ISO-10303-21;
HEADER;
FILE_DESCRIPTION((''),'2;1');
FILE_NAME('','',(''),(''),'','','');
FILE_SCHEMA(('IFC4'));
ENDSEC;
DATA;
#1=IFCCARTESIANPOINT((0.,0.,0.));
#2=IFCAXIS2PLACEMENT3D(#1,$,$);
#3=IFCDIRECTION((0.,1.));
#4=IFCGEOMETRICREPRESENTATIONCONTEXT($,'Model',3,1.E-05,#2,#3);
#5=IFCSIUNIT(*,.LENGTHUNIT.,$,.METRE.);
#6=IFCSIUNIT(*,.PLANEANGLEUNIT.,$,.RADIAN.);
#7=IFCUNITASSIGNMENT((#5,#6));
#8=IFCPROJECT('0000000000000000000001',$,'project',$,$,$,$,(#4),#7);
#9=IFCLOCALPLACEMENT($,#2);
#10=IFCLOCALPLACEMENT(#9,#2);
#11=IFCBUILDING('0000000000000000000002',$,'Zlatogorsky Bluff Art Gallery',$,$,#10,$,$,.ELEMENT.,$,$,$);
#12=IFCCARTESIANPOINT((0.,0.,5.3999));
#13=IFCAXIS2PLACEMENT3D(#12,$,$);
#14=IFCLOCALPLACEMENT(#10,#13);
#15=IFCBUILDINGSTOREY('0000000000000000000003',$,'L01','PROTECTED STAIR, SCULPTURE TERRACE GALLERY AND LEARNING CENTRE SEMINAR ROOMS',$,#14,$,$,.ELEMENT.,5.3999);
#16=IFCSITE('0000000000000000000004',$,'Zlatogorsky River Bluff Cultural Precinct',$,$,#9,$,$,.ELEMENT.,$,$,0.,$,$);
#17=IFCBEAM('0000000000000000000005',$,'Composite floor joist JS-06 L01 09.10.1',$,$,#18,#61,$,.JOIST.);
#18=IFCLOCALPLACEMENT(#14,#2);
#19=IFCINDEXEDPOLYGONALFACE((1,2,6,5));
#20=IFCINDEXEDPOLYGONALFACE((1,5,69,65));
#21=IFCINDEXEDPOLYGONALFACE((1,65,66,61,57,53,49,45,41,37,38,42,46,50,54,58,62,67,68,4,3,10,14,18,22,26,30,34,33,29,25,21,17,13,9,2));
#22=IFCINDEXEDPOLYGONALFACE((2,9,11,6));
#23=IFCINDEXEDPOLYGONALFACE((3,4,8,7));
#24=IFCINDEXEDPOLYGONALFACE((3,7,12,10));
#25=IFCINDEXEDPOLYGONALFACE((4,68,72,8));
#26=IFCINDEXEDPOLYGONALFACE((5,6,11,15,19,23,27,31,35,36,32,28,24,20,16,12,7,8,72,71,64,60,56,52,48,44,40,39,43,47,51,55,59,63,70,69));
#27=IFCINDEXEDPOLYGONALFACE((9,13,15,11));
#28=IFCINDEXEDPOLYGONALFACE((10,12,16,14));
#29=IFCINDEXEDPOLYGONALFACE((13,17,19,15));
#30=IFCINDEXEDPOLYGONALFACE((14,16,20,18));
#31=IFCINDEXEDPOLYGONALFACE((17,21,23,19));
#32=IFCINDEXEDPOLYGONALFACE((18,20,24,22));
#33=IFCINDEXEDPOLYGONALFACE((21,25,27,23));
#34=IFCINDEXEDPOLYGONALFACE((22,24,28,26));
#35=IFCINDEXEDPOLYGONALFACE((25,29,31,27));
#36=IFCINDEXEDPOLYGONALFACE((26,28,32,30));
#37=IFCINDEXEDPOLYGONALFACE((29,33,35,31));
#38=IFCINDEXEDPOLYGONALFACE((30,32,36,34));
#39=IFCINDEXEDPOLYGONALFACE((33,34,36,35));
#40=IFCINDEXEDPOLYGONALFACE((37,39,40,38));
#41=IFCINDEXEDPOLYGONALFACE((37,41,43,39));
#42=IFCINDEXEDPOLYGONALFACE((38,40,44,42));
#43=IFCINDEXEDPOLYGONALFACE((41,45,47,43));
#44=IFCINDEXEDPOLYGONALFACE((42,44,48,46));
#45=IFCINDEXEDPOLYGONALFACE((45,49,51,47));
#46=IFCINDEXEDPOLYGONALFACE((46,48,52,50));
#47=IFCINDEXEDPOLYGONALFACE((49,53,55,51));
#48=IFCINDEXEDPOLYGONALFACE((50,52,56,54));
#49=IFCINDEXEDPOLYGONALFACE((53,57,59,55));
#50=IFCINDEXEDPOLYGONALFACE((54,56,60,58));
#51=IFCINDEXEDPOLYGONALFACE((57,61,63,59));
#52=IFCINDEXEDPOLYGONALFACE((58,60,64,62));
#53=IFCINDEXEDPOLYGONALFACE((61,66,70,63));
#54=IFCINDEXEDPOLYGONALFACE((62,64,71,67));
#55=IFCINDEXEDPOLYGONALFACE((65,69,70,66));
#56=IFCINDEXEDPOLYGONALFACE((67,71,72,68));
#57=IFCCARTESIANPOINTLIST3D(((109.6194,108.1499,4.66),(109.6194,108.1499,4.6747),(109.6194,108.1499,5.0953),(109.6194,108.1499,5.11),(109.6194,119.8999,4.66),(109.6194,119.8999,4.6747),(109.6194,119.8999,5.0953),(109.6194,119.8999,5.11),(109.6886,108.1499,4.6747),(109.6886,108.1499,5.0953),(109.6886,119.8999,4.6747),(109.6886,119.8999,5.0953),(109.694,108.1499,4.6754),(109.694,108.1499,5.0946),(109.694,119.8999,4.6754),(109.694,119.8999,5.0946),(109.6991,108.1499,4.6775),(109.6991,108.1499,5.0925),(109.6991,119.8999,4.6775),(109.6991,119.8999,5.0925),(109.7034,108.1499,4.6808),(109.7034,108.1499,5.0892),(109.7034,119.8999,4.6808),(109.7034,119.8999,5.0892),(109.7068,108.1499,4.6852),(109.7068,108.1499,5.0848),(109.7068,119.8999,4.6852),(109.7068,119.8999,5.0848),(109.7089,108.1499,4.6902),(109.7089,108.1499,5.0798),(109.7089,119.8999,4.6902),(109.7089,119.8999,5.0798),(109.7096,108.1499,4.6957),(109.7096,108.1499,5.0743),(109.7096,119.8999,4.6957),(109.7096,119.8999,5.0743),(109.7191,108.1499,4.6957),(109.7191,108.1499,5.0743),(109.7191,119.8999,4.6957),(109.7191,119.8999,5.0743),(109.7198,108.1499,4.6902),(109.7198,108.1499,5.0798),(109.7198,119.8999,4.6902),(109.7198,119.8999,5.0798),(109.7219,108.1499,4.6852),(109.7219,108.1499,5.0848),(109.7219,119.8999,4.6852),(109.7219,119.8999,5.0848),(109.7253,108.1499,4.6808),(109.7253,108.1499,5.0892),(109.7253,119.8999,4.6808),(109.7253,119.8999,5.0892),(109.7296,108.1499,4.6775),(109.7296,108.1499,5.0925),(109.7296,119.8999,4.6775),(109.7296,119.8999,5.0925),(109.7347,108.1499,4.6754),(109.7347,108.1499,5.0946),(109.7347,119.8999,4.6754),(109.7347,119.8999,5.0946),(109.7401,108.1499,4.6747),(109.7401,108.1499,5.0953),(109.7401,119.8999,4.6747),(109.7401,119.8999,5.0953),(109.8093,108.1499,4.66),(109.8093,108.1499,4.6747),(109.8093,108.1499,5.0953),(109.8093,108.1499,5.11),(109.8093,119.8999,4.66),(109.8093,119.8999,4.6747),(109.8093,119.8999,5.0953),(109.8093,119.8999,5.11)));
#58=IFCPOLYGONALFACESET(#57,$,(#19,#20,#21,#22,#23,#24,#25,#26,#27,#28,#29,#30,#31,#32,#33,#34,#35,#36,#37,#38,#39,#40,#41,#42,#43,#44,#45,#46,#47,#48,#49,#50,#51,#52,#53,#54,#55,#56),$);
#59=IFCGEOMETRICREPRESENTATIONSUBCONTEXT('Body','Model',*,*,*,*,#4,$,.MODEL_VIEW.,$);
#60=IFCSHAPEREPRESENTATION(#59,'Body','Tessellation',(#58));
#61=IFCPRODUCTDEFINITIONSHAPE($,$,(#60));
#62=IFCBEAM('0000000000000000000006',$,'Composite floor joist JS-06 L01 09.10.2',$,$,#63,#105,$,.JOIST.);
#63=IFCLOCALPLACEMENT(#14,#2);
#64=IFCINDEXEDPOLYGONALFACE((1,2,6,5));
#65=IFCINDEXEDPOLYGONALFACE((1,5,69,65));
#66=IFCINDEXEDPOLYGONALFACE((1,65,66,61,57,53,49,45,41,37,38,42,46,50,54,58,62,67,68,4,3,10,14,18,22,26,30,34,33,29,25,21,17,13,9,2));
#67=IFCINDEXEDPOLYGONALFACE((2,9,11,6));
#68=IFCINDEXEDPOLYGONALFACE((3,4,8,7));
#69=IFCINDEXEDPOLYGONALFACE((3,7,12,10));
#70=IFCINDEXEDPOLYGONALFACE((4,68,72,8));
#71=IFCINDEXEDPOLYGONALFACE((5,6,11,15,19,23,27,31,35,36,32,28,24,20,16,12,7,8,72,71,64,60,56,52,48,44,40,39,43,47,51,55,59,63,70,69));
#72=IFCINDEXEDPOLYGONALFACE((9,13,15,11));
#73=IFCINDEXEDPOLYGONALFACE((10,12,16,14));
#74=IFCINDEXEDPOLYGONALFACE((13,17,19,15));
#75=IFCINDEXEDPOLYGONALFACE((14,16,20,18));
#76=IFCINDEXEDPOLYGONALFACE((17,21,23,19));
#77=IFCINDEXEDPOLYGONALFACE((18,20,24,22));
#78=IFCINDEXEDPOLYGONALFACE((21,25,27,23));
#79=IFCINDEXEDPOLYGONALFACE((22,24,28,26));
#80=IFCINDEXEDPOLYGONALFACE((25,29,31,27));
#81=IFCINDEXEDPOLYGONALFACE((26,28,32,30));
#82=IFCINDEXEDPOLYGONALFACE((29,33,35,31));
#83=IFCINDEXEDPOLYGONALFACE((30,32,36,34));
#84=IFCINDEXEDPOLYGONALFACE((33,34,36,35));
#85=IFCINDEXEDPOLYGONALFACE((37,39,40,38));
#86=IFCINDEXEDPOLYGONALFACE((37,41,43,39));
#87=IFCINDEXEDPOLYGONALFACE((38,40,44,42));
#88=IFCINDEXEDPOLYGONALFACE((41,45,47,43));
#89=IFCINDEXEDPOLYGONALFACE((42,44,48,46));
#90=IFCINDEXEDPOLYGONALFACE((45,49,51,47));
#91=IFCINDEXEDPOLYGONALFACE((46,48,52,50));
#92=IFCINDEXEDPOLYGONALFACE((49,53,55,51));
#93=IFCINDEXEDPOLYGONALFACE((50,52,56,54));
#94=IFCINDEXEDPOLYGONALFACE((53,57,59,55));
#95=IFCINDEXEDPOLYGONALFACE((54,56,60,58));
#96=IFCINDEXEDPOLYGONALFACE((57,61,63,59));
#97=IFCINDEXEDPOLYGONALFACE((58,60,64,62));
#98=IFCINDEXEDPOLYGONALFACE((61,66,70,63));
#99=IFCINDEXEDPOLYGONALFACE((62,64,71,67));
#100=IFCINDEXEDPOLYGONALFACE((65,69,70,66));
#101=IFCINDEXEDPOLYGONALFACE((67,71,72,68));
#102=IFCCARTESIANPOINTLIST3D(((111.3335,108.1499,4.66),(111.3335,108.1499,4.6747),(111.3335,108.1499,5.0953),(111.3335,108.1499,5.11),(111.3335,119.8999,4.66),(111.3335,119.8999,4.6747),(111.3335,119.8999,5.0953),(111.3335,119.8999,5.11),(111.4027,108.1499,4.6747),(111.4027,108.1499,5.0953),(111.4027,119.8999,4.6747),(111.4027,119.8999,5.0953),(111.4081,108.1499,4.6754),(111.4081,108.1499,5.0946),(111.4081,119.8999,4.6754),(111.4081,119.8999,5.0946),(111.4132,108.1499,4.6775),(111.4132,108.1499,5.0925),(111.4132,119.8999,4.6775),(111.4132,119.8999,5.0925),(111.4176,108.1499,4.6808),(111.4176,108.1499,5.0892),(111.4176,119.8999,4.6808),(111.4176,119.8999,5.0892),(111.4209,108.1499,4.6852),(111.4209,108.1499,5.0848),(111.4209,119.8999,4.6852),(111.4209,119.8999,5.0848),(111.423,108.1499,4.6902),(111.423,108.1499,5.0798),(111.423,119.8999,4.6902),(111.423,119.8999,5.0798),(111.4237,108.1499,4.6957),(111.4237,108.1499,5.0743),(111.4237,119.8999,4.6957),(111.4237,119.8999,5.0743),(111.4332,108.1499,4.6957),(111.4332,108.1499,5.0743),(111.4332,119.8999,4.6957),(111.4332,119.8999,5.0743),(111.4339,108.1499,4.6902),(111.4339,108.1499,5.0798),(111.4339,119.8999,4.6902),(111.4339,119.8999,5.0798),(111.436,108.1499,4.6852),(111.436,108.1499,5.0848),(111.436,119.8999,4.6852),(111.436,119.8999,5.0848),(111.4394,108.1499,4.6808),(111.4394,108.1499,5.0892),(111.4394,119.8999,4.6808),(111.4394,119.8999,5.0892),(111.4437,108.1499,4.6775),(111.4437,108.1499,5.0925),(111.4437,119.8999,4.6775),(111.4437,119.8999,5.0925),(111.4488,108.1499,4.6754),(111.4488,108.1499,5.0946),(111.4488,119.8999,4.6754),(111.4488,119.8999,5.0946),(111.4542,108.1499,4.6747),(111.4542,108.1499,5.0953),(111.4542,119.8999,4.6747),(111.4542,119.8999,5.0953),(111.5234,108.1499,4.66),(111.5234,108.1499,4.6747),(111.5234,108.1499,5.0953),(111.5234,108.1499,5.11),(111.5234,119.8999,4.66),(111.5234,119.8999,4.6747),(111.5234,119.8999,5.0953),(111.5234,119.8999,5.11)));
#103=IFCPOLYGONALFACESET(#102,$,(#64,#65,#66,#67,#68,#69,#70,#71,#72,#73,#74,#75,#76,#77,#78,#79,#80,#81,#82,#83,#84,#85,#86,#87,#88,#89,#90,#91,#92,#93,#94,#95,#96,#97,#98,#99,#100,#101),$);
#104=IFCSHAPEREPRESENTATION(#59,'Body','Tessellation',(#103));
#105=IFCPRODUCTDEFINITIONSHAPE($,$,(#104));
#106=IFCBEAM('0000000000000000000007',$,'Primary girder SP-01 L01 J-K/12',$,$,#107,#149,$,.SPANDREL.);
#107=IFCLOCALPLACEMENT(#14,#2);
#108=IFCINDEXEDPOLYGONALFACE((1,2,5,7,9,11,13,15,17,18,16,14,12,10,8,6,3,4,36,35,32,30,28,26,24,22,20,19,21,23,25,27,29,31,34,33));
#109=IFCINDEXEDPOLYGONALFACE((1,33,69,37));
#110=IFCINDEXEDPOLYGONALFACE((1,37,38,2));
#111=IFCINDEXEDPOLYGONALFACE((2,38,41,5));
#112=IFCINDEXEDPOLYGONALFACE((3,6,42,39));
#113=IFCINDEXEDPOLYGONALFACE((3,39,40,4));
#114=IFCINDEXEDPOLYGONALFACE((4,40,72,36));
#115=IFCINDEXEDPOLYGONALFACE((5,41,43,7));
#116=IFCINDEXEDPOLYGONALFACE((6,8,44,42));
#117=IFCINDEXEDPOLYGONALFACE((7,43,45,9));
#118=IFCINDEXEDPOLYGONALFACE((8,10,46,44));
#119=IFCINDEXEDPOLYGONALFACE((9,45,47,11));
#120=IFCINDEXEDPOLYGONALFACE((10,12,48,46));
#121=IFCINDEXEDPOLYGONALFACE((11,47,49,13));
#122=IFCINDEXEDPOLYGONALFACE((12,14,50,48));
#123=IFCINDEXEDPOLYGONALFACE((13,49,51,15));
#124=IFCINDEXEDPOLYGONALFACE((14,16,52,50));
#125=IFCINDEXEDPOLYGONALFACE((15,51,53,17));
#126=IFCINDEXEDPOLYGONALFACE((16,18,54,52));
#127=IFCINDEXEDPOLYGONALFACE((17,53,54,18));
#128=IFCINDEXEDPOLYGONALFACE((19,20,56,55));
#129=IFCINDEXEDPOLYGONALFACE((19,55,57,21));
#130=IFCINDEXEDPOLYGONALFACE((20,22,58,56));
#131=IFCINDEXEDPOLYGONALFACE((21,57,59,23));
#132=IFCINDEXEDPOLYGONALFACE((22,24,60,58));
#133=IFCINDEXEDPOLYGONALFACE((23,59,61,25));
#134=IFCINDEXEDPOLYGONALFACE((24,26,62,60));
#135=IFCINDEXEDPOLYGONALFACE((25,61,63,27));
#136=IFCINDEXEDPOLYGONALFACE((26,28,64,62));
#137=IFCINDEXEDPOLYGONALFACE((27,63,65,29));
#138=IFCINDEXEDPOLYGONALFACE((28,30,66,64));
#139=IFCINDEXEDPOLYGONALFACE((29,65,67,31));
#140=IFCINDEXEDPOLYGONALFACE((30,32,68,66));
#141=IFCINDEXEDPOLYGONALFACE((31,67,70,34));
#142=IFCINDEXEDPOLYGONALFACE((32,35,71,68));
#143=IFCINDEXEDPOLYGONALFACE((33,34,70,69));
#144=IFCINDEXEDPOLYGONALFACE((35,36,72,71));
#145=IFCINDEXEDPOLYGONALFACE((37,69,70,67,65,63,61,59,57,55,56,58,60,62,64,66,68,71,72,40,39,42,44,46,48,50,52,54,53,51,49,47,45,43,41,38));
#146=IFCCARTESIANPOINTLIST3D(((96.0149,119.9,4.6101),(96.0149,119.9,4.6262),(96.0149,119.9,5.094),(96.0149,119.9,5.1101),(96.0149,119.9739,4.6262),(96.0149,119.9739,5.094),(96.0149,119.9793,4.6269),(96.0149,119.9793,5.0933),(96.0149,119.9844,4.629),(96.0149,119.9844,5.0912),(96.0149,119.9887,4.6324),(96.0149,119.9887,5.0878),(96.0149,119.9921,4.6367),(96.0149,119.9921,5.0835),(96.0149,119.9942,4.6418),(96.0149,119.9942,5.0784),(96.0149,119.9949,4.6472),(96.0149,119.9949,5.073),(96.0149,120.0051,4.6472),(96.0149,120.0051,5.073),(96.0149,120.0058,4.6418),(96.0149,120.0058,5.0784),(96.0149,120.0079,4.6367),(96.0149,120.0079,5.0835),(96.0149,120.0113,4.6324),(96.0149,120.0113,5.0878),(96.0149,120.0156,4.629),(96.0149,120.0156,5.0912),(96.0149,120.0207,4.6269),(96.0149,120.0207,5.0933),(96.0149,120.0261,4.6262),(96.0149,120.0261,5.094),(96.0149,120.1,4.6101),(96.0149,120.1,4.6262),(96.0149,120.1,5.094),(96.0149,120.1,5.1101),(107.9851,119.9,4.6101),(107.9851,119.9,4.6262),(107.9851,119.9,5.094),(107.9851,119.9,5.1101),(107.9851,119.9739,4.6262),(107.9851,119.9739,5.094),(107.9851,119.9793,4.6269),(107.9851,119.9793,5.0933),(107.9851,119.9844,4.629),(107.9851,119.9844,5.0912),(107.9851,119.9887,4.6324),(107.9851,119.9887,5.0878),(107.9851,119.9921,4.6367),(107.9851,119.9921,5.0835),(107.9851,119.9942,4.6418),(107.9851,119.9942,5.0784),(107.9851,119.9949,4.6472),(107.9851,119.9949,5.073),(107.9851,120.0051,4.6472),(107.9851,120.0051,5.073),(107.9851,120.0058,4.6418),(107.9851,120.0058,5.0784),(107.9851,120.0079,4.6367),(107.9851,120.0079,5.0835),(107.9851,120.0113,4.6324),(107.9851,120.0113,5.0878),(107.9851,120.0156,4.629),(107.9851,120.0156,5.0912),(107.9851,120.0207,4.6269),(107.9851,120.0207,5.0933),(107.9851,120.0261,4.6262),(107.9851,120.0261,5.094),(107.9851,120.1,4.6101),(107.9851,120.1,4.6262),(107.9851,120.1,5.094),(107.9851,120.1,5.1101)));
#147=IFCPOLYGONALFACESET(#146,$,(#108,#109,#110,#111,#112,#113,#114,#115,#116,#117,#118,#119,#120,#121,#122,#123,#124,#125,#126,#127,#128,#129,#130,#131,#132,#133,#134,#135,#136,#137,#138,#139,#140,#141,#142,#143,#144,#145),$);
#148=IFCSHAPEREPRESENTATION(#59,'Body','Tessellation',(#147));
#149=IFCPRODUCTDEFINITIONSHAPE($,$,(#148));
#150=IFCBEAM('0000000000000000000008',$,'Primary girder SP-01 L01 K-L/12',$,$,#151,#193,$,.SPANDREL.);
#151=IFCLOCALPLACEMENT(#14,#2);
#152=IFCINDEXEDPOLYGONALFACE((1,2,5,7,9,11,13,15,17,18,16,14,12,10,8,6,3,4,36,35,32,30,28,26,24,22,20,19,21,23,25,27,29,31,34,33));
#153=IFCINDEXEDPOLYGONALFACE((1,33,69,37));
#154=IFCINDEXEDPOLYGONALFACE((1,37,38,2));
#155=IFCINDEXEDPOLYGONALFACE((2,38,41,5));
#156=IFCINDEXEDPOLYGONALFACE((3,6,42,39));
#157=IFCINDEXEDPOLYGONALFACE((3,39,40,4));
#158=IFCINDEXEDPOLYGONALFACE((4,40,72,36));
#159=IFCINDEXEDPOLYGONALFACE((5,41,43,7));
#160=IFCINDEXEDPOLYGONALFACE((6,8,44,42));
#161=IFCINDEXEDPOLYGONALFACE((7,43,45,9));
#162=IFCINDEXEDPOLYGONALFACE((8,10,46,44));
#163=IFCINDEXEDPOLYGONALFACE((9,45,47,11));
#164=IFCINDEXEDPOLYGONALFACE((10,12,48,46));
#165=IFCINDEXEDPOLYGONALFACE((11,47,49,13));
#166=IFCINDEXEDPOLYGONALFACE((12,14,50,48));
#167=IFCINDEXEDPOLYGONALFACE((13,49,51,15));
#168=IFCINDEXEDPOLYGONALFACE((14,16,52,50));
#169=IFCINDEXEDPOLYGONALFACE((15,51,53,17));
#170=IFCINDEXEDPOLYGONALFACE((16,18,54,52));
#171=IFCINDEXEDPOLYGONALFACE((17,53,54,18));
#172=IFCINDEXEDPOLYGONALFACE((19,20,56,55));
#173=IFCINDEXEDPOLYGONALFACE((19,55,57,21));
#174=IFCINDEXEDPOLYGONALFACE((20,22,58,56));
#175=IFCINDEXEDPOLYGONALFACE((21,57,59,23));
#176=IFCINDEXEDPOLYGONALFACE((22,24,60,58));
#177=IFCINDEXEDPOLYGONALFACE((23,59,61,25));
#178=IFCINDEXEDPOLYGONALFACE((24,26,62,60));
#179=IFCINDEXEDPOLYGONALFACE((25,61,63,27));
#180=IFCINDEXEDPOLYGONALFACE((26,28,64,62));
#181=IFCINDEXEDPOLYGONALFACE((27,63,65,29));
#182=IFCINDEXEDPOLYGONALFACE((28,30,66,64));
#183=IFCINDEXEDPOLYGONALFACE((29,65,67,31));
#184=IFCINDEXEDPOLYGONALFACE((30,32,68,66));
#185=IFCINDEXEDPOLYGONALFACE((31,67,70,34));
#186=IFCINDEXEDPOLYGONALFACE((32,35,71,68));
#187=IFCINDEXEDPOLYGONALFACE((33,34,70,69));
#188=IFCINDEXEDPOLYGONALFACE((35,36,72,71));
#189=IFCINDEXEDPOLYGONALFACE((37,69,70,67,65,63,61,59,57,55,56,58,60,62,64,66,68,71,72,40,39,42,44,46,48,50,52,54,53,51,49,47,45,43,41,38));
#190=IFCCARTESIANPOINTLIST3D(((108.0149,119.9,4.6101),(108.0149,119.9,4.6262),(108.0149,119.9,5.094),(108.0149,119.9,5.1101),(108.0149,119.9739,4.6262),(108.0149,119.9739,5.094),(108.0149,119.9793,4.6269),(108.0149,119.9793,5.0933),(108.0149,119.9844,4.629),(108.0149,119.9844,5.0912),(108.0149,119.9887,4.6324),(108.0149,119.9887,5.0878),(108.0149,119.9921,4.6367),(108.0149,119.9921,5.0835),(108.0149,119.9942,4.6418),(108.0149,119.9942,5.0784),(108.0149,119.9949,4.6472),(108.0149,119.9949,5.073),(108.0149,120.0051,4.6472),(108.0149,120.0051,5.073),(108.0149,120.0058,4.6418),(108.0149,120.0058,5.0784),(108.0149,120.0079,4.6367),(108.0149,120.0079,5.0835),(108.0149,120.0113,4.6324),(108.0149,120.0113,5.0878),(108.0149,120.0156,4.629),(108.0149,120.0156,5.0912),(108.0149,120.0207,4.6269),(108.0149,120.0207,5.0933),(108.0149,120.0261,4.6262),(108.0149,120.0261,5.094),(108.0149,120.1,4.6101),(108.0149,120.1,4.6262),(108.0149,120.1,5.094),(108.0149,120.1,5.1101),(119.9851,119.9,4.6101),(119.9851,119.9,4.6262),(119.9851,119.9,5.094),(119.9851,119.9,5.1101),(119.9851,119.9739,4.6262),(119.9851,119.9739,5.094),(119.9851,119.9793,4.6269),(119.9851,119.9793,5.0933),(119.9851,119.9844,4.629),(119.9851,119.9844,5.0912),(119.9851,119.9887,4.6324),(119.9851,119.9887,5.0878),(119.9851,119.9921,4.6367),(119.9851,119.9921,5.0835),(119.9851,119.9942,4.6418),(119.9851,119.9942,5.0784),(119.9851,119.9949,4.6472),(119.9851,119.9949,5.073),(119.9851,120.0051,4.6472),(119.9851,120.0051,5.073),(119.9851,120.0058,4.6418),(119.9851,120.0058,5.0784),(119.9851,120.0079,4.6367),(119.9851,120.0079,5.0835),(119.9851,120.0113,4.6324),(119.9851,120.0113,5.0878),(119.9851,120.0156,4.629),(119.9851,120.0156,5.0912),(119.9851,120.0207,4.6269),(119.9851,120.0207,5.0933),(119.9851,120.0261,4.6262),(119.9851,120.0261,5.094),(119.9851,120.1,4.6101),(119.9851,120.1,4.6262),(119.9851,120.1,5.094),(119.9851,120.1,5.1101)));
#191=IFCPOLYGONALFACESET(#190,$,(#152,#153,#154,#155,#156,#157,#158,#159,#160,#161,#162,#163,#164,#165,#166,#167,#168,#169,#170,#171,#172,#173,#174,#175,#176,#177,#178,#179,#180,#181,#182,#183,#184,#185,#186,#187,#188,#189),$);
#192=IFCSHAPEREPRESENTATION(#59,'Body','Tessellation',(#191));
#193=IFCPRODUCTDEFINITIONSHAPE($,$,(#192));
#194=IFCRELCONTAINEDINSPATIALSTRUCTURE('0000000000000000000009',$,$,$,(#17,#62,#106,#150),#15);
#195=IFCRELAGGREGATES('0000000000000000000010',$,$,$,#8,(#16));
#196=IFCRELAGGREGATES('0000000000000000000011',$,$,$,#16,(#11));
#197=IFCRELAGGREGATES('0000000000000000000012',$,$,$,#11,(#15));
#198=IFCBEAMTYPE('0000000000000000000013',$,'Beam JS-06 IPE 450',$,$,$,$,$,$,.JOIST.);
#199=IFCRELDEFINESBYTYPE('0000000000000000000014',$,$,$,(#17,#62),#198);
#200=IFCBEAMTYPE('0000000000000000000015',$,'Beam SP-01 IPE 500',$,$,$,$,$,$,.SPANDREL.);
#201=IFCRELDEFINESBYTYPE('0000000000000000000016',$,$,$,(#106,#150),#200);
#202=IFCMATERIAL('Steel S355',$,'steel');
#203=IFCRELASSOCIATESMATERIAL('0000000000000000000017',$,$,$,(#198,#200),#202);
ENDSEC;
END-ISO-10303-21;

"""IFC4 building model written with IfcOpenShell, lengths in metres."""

from ifc_helpers import new_model, si_unit, direction, frame, origin, origin_2d, place, context, subcontext, project, spatial, i_section, extrude, material, material_profile, profile_set, type_object, element, save


model = new_model("IFC4")

# Units and contexts
model_context = context("Model", 3, precision=1e-05, world=origin(), true_north=direction((0.0, 1.0)))
body_context = subcontext(model_context, "Body", "Model", "MODEL_VIEW")
ifc_project = project(units=[si_unit("LENGTHUNIT", "METRE"), si_unit("PLANEANGLEUNIT", "RADIAN")], contexts=[model_context])

# Site, building, storey
site_placement = place(None, origin())
site = spatial("IfcSite", under=ifc_project, at=site_placement, Name="Zlatogorsky River Bluff Cultural Precinct", CompositionType="ELEMENT", RefElevation=0.0)
building_placement = place(site_placement, origin())
building = spatial("IfcBuilding", under=site, at=building_placement, Name="Zlatogorsky Bluff Art Gallery", CompositionType="ELEMENT")
storey_placement = place(building_placement, frame((0.0, 0.0, 5.3999)))
storey = spatial("IfcBuildingStorey", under=building, at=storey_placement, Name="L01", Description="PROTECTED STAIR, SCULPTURE TERRACE GALLERY AND LEARNING CENTRE SEMINAR ROOMS", CompositionType="ELEMENT", Elevation=5.3999)

# Shared definitions
ifc_material_1 = material(Name="Steel S355", Category="steel")

# Beams
ifc_material_profile_1 = material_profile(ifc_material_1, i_section(OverallWidth=0.1899, OverallDepth=0.45, WebThickness=0.0095, FlangeThickness=0.0146, FilletRadius=0.021, at=origin_2d()), Name="IPE 450")
ifc_profile_set_1 = profile_set([ifc_material_profile_1], Name="Steel S355")
beam_type_1 = type_object("IfcBeamType", Name="Beam JS-06 IPE 450", PredefinedType="JOIST", material=ifc_profile_set_1)
for number, where, z_axis, x_axis, name in (
    (1, (109.7144, 108.1499, 4.885), (0.0, 1.0, 0.0), (-1.0, 0.0, 0.0), "Composite floor joist JS-06 L01 09.10.1"),
    (2, (111.4285, 108.1499, 4.885), (0.0, 1.0, 0.0), (-1.0, 0.0, 0.0), "Composite floor joist JS-06 L01 09.10.2"),
):
    element("IfcBeam", number, at=place(storey_placement, frame(where, z_axis=z_axis, x_axis=x_axis)), inside=storey, type_object=beam_type_1, Name=name, PredefinedType="JOIST", context=body_context, shape_type="SweptSolid", body=[
        extrude(i_section(OverallWidth=0.1899, OverallDepth=0.45, WebThickness=0.0095, FlangeThickness=0.0146, FilletRadius=0.021, at=origin_2d()), origin(), (0.0, 0.0, 1.0), 11.75),
    ])
ifc_material_profile_2 = material_profile(ifc_material_1, i_section(OverallWidth=0.2, OverallDepth=0.5, WebThickness=0.0103, FlangeThickness=0.0161, FilletRadius=0.021, at=origin_2d()), Name="IPE 500")
ifc_profile_set_2 = profile_set([ifc_material_profile_2], Name="Steel S355")
beam_type_2 = type_object("IfcBeamType", Name="Beam SP-01 IPE 500", PredefinedType="SPANDREL", material=ifc_profile_set_2)
for number, where, z_axis, x_axis, name in (
    (3, (96.0149, 120.0, 4.8601), (1.0, 0.0, 0.0), (0.0, 1.0, 0.0), "Primary girder SP-01 L01 J-K/12"),
    (4, (108.0149, 120.0, 4.8601), (1.0, 0.0, 0.0), (0.0, 1.0, 0.0), "Primary girder SP-01 L01 K-L/12"),
):
    element("IfcBeam", number, at=place(storey_placement, frame(where, z_axis=z_axis, x_axis=x_axis)), inside=storey, type_object=beam_type_2, Name=name, PredefinedType="SPANDREL", context=body_context, shape_type="SweptSolid", body=[
        extrude(i_section(OverallWidth=0.2, OverallDepth=0.5, WebThickness=0.0103, FlangeThickness=0.0161, FilletRadius=0.021, at=origin_2d()), origin(), (0.0, 0.0, 1.0), 11.9702),
    ])

save(model, "model.ifc")
